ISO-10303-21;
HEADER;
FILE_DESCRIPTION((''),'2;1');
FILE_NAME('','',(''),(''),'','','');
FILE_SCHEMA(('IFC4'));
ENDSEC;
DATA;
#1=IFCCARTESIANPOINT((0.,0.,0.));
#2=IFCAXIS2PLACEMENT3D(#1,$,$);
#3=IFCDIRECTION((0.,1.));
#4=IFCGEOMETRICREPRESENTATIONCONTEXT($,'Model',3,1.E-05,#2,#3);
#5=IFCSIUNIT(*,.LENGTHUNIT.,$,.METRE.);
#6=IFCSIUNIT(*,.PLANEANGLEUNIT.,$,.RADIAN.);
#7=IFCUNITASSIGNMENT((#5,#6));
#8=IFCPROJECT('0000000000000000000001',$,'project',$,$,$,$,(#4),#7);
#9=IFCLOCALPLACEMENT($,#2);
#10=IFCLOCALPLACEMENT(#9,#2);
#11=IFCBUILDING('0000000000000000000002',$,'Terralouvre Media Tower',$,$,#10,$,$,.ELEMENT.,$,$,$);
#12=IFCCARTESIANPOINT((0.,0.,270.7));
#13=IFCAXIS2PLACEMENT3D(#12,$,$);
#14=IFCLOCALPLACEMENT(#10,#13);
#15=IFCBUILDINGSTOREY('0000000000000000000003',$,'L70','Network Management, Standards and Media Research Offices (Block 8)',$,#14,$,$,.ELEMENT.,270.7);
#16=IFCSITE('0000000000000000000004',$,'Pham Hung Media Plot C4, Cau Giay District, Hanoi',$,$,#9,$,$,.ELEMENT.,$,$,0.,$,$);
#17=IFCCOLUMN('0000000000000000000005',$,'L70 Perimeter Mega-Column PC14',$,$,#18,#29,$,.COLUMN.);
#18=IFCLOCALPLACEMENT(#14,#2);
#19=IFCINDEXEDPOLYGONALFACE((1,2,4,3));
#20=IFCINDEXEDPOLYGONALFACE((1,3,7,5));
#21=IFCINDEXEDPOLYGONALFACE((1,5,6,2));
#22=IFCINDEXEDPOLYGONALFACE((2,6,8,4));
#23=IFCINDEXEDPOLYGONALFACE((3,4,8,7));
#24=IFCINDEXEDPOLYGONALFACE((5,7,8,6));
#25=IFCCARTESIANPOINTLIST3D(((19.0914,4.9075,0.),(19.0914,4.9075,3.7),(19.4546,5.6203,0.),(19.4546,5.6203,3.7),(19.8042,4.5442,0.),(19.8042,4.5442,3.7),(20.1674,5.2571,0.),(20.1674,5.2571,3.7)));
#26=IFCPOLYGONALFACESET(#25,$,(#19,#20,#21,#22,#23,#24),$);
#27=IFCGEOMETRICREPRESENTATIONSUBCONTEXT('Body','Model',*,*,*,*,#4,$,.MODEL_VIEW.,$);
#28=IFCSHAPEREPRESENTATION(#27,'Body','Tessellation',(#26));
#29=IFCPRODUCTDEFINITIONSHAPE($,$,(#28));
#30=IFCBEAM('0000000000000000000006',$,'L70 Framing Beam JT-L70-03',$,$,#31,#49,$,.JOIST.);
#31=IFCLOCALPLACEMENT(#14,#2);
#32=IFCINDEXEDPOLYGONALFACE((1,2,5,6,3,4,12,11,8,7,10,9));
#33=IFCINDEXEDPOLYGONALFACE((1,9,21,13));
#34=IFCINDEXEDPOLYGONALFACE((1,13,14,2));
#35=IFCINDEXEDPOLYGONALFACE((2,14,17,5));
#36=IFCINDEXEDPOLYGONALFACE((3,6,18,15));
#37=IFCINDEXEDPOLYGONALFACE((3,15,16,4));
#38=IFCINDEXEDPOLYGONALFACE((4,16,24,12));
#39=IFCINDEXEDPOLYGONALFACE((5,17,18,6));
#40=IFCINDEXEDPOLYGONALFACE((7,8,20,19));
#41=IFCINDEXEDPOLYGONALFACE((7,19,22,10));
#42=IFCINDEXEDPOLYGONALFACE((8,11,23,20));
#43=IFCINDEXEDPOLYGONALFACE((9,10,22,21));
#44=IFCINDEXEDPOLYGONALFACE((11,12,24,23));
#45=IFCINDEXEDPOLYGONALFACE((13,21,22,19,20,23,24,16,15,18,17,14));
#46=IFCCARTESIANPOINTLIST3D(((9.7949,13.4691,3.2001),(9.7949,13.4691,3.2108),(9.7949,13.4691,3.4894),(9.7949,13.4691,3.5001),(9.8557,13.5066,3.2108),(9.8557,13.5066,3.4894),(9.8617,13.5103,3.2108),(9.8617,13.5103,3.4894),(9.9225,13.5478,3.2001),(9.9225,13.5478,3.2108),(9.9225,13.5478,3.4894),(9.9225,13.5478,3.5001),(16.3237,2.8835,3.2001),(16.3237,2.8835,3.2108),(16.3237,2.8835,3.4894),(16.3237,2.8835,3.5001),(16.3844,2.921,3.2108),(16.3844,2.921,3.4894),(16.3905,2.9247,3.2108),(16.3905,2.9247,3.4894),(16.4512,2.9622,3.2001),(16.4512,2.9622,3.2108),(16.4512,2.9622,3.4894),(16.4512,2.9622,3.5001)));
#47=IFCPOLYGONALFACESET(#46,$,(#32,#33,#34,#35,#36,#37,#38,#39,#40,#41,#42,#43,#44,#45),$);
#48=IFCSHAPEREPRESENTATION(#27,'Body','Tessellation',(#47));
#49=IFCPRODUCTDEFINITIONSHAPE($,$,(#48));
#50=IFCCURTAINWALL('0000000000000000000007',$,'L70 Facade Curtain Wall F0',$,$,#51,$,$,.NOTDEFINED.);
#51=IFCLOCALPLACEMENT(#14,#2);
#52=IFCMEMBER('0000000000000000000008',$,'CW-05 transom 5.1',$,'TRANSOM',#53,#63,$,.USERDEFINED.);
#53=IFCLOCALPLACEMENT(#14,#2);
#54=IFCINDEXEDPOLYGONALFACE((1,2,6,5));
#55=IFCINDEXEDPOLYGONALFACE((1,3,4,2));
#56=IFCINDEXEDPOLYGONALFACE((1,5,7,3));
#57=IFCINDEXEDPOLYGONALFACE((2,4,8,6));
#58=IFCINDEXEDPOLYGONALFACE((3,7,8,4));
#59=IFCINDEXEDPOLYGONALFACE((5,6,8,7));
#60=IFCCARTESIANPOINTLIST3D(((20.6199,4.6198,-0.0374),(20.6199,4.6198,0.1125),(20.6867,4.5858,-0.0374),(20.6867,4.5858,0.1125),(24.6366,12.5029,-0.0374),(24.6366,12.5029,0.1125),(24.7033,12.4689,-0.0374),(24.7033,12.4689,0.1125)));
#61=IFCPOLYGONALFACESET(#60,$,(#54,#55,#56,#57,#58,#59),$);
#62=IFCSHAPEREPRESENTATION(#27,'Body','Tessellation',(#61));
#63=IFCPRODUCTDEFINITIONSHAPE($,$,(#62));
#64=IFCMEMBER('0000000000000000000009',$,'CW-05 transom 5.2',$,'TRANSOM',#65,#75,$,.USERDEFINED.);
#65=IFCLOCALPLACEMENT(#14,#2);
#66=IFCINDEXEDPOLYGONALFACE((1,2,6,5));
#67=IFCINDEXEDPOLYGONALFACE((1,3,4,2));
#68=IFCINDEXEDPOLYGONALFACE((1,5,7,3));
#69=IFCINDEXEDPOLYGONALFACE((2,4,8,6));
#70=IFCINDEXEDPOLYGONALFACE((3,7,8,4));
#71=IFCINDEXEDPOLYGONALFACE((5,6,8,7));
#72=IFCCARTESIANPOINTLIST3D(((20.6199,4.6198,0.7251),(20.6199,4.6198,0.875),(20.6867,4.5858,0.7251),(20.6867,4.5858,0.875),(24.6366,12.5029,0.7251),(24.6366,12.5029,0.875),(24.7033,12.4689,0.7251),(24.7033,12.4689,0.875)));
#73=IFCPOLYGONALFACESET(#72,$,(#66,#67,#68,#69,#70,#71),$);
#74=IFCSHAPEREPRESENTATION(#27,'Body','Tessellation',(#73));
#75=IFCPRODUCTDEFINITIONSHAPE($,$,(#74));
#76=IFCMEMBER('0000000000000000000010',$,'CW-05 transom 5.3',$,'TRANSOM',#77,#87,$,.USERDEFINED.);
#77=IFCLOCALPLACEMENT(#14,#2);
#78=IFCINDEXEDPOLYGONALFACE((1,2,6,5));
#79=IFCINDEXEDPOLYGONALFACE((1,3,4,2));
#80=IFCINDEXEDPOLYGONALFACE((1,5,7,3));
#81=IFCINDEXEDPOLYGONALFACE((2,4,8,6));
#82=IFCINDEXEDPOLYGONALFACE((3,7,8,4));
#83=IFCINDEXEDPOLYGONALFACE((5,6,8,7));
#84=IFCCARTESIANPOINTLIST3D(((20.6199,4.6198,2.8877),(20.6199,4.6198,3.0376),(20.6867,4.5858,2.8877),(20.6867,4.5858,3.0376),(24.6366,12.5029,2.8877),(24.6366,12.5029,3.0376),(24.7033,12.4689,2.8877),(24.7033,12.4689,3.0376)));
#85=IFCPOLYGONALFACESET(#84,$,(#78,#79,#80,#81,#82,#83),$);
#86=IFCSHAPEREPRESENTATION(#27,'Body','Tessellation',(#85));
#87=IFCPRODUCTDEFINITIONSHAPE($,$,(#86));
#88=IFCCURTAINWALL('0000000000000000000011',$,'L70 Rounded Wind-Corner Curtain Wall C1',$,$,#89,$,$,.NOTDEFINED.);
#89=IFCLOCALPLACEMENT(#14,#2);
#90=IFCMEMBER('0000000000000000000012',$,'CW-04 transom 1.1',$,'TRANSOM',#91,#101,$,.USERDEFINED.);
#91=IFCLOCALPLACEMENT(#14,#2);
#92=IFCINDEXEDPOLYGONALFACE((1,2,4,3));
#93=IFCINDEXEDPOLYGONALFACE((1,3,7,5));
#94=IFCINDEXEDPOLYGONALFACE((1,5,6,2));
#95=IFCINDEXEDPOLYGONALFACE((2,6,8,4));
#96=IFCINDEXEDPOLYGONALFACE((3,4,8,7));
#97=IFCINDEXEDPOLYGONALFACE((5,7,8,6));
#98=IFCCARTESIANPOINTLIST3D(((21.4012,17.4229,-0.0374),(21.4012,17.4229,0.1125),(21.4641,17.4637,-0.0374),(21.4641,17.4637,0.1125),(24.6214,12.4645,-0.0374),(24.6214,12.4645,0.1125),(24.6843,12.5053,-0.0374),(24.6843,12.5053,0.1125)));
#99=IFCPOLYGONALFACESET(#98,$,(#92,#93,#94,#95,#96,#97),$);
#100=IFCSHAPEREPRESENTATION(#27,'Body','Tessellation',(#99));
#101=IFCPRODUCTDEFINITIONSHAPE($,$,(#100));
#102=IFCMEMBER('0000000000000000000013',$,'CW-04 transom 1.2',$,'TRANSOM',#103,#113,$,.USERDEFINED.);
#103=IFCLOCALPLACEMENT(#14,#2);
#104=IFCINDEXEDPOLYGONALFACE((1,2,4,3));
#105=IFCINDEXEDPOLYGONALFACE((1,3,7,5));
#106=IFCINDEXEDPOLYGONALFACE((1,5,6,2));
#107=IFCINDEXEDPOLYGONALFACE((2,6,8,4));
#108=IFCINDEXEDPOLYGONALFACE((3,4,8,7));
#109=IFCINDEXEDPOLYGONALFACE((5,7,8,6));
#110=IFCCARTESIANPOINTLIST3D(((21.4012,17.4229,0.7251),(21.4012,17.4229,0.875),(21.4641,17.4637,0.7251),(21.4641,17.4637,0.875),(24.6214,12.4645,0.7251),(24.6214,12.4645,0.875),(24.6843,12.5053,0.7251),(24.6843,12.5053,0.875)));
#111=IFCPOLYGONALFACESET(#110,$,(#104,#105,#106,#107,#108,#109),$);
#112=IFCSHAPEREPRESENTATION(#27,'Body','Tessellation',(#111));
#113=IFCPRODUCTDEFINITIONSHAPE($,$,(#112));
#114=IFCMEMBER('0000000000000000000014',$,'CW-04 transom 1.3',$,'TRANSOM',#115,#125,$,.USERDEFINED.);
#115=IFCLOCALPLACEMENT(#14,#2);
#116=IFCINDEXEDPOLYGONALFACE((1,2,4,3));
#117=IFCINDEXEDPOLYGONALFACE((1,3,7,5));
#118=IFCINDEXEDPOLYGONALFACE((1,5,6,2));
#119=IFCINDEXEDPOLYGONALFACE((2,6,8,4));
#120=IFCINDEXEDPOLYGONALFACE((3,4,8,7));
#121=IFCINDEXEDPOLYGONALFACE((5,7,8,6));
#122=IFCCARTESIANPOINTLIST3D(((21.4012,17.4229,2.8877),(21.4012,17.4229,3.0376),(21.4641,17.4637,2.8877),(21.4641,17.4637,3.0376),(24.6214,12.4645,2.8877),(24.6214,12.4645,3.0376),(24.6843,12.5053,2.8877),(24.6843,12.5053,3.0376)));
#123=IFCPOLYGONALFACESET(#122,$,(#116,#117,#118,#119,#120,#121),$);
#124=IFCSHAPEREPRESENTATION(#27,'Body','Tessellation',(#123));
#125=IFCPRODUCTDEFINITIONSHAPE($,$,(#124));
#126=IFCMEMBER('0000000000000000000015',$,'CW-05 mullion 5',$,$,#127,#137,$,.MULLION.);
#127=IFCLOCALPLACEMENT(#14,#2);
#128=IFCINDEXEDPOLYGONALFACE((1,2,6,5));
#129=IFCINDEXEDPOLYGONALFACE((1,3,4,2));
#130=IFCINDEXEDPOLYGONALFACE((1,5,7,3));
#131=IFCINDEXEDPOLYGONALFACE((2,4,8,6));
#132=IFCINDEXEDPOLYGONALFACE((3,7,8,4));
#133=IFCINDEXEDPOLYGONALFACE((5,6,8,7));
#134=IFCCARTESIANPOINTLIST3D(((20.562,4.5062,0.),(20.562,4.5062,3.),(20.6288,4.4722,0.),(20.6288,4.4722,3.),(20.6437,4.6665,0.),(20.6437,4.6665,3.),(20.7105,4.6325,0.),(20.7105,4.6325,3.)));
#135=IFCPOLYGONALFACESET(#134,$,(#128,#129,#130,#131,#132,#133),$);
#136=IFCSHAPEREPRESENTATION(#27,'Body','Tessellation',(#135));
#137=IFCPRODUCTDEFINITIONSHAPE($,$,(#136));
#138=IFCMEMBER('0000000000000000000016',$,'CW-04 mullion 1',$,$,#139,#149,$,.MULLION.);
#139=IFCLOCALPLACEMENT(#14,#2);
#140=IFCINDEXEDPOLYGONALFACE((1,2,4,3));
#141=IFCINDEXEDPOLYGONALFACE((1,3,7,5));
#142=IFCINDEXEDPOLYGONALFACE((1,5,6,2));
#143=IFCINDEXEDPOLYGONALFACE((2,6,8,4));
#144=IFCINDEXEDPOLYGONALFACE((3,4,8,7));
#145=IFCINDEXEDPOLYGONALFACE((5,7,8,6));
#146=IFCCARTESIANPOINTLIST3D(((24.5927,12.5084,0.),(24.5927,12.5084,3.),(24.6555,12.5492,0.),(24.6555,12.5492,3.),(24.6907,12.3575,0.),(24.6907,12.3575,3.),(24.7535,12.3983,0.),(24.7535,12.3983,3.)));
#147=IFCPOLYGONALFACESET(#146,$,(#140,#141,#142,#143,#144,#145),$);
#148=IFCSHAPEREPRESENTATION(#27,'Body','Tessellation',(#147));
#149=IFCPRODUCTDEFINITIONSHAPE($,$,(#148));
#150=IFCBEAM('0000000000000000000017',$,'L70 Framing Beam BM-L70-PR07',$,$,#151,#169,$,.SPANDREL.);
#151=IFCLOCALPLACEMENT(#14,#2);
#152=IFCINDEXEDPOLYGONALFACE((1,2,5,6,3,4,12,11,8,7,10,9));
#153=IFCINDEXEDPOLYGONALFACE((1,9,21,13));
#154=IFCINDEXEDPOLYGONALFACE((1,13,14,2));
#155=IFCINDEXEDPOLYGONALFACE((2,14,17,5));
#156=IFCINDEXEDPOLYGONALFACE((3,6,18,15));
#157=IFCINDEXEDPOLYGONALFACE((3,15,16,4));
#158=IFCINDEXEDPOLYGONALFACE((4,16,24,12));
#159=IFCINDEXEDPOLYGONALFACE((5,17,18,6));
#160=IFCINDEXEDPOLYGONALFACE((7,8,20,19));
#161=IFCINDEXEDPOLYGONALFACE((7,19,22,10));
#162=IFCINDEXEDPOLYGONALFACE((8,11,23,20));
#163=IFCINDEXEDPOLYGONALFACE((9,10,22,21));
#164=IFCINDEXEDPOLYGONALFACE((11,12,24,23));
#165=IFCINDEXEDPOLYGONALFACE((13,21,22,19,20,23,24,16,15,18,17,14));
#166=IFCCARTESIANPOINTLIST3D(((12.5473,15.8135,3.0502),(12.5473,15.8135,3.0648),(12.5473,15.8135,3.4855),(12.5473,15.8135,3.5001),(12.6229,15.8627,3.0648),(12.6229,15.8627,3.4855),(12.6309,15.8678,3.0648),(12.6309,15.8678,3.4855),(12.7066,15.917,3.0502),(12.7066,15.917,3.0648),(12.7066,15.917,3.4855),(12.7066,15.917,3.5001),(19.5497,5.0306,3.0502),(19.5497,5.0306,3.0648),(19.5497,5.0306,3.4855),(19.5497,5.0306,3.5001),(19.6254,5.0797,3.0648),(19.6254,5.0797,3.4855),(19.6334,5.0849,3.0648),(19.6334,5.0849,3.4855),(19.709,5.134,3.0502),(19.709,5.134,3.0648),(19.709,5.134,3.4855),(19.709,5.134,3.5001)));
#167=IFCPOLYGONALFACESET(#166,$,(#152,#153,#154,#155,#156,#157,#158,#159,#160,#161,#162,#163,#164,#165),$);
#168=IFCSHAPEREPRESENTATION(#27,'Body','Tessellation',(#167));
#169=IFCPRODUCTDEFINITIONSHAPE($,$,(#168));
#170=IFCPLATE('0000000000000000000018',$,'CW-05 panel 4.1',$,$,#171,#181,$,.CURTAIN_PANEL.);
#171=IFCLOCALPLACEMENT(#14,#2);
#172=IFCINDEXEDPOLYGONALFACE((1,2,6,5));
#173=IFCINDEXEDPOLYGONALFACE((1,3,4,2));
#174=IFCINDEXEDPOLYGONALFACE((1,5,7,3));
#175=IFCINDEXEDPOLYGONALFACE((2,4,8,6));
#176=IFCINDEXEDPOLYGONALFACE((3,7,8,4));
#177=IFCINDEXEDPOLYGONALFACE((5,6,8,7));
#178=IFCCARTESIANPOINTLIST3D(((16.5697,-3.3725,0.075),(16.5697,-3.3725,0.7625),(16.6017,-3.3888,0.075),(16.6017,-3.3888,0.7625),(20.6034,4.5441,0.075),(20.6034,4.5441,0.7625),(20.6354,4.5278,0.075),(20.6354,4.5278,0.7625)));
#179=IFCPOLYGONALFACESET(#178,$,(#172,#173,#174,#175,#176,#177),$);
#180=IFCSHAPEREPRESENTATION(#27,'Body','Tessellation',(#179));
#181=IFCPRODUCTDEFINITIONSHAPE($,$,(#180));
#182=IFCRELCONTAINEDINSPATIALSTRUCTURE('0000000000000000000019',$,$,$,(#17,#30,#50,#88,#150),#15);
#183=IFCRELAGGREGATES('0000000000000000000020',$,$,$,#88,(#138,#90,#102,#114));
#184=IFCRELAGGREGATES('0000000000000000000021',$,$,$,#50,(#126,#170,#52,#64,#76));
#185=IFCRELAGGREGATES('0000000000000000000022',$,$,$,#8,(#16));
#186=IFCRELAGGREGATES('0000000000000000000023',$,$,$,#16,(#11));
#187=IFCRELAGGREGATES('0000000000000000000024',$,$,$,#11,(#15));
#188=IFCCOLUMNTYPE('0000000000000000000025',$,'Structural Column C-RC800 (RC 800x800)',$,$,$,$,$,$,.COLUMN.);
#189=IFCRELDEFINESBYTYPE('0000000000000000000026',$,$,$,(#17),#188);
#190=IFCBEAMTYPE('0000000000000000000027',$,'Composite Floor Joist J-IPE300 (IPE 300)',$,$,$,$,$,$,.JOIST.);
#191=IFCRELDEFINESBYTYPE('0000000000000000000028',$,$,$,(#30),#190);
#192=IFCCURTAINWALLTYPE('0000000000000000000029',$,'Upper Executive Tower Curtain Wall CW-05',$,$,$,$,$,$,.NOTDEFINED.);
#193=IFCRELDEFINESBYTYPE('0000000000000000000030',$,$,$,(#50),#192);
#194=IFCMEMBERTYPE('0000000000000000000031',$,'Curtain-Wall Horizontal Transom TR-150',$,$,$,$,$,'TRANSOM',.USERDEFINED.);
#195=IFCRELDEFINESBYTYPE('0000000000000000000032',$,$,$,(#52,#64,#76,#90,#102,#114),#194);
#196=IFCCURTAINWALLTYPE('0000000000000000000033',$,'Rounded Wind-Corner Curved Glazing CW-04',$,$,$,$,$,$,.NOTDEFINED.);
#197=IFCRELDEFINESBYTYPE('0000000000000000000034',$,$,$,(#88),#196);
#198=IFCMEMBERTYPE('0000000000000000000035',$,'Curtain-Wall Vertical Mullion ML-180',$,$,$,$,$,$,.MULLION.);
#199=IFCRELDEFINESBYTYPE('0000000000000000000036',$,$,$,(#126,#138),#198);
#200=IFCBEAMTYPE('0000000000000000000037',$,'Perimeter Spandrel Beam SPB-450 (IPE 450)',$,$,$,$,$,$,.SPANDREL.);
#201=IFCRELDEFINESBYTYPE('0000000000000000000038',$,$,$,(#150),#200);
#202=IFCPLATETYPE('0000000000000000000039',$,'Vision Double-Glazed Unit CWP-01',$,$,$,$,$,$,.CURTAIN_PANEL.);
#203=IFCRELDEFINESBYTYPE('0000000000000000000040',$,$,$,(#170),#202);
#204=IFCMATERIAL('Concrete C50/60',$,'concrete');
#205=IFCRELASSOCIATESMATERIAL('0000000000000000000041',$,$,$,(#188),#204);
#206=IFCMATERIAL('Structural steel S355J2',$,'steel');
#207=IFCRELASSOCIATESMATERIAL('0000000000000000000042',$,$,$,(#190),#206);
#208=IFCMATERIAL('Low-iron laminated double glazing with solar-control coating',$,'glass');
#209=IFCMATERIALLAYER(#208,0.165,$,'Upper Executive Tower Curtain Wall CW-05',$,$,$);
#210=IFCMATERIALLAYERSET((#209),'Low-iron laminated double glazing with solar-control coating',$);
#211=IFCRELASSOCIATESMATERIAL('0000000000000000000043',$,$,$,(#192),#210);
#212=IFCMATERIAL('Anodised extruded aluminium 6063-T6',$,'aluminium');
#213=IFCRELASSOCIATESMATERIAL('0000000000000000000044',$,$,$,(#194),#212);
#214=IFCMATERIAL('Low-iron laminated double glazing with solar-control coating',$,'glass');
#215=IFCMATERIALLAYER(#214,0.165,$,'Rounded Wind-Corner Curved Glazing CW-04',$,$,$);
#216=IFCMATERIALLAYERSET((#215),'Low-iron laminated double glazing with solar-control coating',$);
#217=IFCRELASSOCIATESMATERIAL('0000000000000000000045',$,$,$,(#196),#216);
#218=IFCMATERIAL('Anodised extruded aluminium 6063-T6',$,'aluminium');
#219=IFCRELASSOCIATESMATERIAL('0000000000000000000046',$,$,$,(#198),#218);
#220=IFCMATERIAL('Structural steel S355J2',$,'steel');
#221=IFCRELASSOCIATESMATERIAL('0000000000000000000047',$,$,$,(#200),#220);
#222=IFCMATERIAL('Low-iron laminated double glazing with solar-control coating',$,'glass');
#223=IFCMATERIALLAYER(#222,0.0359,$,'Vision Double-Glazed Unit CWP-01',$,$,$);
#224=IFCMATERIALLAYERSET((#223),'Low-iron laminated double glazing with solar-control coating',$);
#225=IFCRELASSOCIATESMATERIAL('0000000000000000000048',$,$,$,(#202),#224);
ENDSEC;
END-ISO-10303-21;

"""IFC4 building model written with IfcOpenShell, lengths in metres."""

from ifc_helpers import new_model, si_unit, direction, frame, origin, origin_2d, place, context, subcontext, project, spatial, rectangle, i_section, extrude, material, layer, layer_set, material_profile, profile_set, type_object, element, aggregate, save


model = new_model("IFC4")

# Units and contexts
model_context = context("Model", 3, precision=1e-05, world=origin(), true_north=direction((0.0, 1.0)))
body_context = subcontext(model_context, "Body", "Model", "MODEL_VIEW")
ifc_project = project(units=[si_unit("LENGTHUNIT", "METRE"), si_unit("PLANEANGLEUNIT", "RADIAN")], contexts=[model_context])

# Site, building, storey
site_placement = place(None, origin())
site = spatial("IfcSite", under=ifc_project, at=site_placement, Name="Pham Hung Media Plot C4, Cau Giay District, Hanoi", CompositionType="ELEMENT", RefElevation=0.0)
building_placement = place(site_placement, origin())
building = spatial("IfcBuilding", under=site, at=building_placement, Name="Terralouvre Media Tower", CompositionType="ELEMENT")
storey_placement = place(building_placement, frame((0.0, 0.0, 270.7)))
storey = spatial("IfcBuildingStorey", under=building, at=storey_placement, Name="L70", Description="Network Management, Standards and Media Research Offices (Block 8)", CompositionType="ELEMENT", Elevation=270.7)

# Column
ifc_material_1 = material(Name="Concrete C50/60", Category="concrete")
ifc_material_profile_1 = material_profile(ifc_material_1, rectangle(XDim=0.8, YDim=0.8, at=origin_2d()), Name="RC 800x800")
ifc_profile_set_1 = profile_set([ifc_material_profile_1], Name="Concrete C50/60")
column_type = type_object("IfcColumnType", Name="Structural Column C-RC800 (RC 800x800)", PredefinedType="COLUMN", material=ifc_profile_set_1)
column_placement = place(storey_placement, frame((19.6294, 5.0823, 0.0), z_axis=(0.0, 0.0, 1.0), x_axis=(0.45399, 0.891007, 0.0)))
element("IfcColumn", 1, at=column_placement, inside=storey, type_object=column_type, Name="L70 Perimeter Mega-Column PC14", PredefinedType="COLUMN", context=body_context, shape_type="SweptSolid", body=[
    extrude(rectangle(XDim=0.8, YDim=0.8, at=origin_2d()), origin(), (0.0, 0.0, 1.0), 3.7),
])

# Beam
ifc_material_2 = material(Name="Structural steel S355J2", Category="steel")
ifc_material_profile_2 = material_profile(ifc_material_2, i_section(OverallWidth=0.1499, OverallDepth=0.3, WebThickness=0.0071, FlangeThickness=0.0107, at=origin_2d()), Name="IPE 300")
ifc_profile_set_2 = profile_set([ifc_material_profile_2], Name="Structural steel S355J2")
beam_type_1 = type_object("IfcBeamType", Name="Composite Floor Joist J-IPE300 (IPE 300)", PredefinedType="JOIST", material=ifc_profile_set_2)
beam_1_placement = place(storey_placement, frame((16.3875, 2.9229, 3.3501), z_axis=(-0.524945, 0.851136, 0.0), x_axis=(-0.851136, -0.524945, 0.0)))
element("IfcBeam", 2, at=beam_1_placement, inside=storey, type_object=beam_type_1, Name="L70 Framing Beam JT-L70-03", PredefinedType="JOIST", context=body_context, shape_type="SweptSolid", body=[
    extrude(i_section(OverallWidth=0.1499, OverallDepth=0.3, WebThickness=0.0071, FlangeThickness=0.0107, at=origin_2d()), origin(), (0.0, 0.0, 1.0), 12.437),
])

# Curtain walls, members
ifc_material_3 = material(Name="Low-iron laminated double glazing with solar-control coating", Category="glass")
ifc_layer_1 = layer(ifc_material_3, 0.165, Name="Upper Executive Tower Curtain Wall CW-05")
ifc_layer_set_1 = layer_set([ifc_layer_1], Name="Low-iron laminated double glazing with solar-control coating")
curtain_wall_type_1 = type_object("IfcCurtainWallType", Name="Upper Executive Tower Curtain Wall CW-05", PredefinedType="NOTDEFINED", material=ifc_layer_set_1)
curtain_wall_1_placement = place(storey_placement, origin())
curtain_wall_1 = element("IfcCurtainWall", 3, at=curtain_wall_1_placement, inside=storey, type_object=curtain_wall_type_1, Name="L70 Facade Curtain Wall F0", PredefinedType="NOTDEFINED")
ifc_material_4 = material(Name="Anodised extruded aluminium 6063-T6", Category="aluminium")
ifc_material_profile_3 = material_profile(ifc_material_4, rectangle(XDim=0.075, YDim=0.1499, at=origin_2d()), Name="ALU 75x150")
ifc_profile_set_3 = profile_set([ifc_material_profile_3], Name="Anodised extruded aluminium 6063-T6")
member_type_1 = type_object("IfcMemberType", Name="Curtain-Wall Horizontal Transom TR-150", ElementType="TRANSOM", PredefinedType="USERDEFINED", material=ifc_profile_set_3)
member_1_placement = place(storey_placement, frame((20.6533, 4.6028, 0.0376), z_axis=(0.453989, 0.891007, 0.0), x_axis=(-0.891007, 0.453989, 0.0)))
member_1 = element("IfcMember", 4, at=member_1_placement, type_object=member_type_1, Name="CW-05 transom 5.1", ObjectType="TRANSOM", PredefinedType="USERDEFINED", context=body_context, shape_type="SweptSolid", body=[
    extrude(rectangle(XDim=0.075, YDim=0.1499, at=origin_2d()), origin(), (0.0, 0.0, 1.0), 8.8474),
])
member_2_placement = place(storey_placement, frame((20.6533, 4.6028, 0.8), z_axis=(0.453989, 0.891007, 0.0), x_axis=(-0.891007, 0.453989, 0.0)))
member_2 = element("IfcMember", 5, at=member_2_placement, type_object=member_type_1, Name="CW-05 transom 5.2", ObjectType="TRANSOM", PredefinedType="USERDEFINED", context=body_context, shape_type="SweptSolid", body=[
    extrude(rectangle(XDim=0.075, YDim=0.1499, at=origin_2d()), origin(), (0.0, 0.0, 1.0), 8.8474),
])
member_3_placement = place(storey_placement, frame((20.6533, 4.6028, 2.9626), z_axis=(0.453989, 0.891007, 0.0), x_axis=(-0.891007, 0.453989, 0.0)))
member_3 = element("IfcMember", 6, at=member_3_placement, type_object=member_type_1, Name="CW-05 transom 5.3", ObjectType="TRANSOM", PredefinedType="USERDEFINED", context=body_context, shape_type="SweptSolid", body=[
    extrude(rectangle(XDim=0.075, YDim=0.1499, at=origin_2d()), origin(), (0.0, 0.0, 1.0), 8.8474),
])
ifc_material_5 = material(Name="Low-iron laminated double glazing with solar-control coating", Category="glass")
ifc_layer_2 = layer(ifc_material_5, 0.165, Name="Rounded Wind-Corner Curved Glazing CW-04")
ifc_layer_set_2 = layer_set([ifc_layer_2], Name="Low-iron laminated double glazing with solar-control coating")
curtain_wall_type_2 = type_object("IfcCurtainWallType", Name="Rounded Wind-Corner Curved Glazing CW-04", PredefinedType="NOTDEFINED", material=ifc_layer_set_2)
curtain_wall_2_placement = place(storey_placement, origin())
curtain_wall_2 = element("IfcCurtainWall", 7, at=curtain_wall_2_placement, inside=storey, type_object=curtain_wall_type_2, Name="L70 Rounded Wind-Corner Curtain Wall C1", PredefinedType="NOTDEFINED")
member_4_placement = place(storey_placement, frame((24.6528, 12.4849, 0.0376), z_axis=(-0.544654, 0.838661, 0.0), x_axis=(-0.838661, -0.544654, 0.0)))
member_4 = element("IfcMember", 8, at=member_4_placement, type_object=member_type_1, Name="CW-04 transom 1.1", ObjectType="TRANSOM", PredefinedType="USERDEFINED", context=body_context, shape_type="SweptSolid", body=[
    extrude(rectangle(XDim=0.075, YDim=0.1499, at=origin_2d()), origin(), (0.0, 0.0, 1.0), 5.9124),
])
member_5_placement = place(storey_placement, frame((24.6528, 12.4849, 0.8), z_axis=(-0.544654, 0.838661, 0.0), x_axis=(-0.838661, -0.544654, 0.0)))
member_5 = element("IfcMember", 9, at=member_5_placement, type_object=member_type_1, Name="CW-04 transom 1.2", ObjectType="TRANSOM", PredefinedType="USERDEFINED", context=body_context, shape_type="SweptSolid", body=[
    extrude(rectangle(XDim=0.075, YDim=0.1499, at=origin_2d()), origin(), (0.0, 0.0, 1.0), 5.9124),
])
member_6_placement = place(storey_placement, frame((24.6528, 12.4849, 2.9626), z_axis=(-0.544654, 0.838661, 0.0), x_axis=(-0.838661, -0.544654, 0.0)))
member_6 = element("IfcMember", 10, at=member_6_placement, type_object=member_type_1, Name="CW-04 transom 1.3", ObjectType="TRANSOM", PredefinedType="USERDEFINED", context=body_context, shape_type="SweptSolid", body=[
    extrude(rectangle(XDim=0.075, YDim=0.1499, at=origin_2d()), origin(), (0.0, 0.0, 1.0), 5.9124),
])

# Members
ifc_material_6 = material(Name="Anodised extruded aluminium 6063-T6", Category="aluminium")
ifc_material_profile_4 = material_profile(ifc_material_6, rectangle(XDim=0.075, YDim=0.1799, at=origin_2d()), Name="ALU 75x180")
ifc_profile_set_4 = profile_set([ifc_material_profile_4], Name="Anodised extruded aluminium 6063-T6")
member_type_2 = type_object("IfcMemberType", Name="Curtain-Wall Vertical Mullion ML-180", PredefinedType="MULLION", material=ifc_profile_set_4)
member_7_placement = place(storey_placement, frame((20.6362, 4.5693, 0.0), z_axis=(0.0, 0.0, 1.0), x_axis=(-0.891007, 0.45399, 0.0)))
member_7 = element("IfcMember", 11, at=member_7_placement, type_object=member_type_2, Name="CW-05 mullion 5", PredefinedType="MULLION", context=body_context, shape_type="SweptSolid", body=[
    extrude(rectangle(XDim=0.075, YDim=0.1799, at=origin_2d()), origin(), (0.0, 0.0, 1.0), 3.0),
])
member_8_placement = place(storey_placement, frame((24.6731, 12.4534, 0.0), z_axis=(0.0, 0.0, 1.0), x_axis=(-0.83867, -0.544639, 0.0)))
member_8 = element("IfcMember", 12, at=member_8_placement, type_object=member_type_2, Name="CW-04 mullion 1", PredefinedType="MULLION", context=body_context, shape_type="SweptSolid", body=[
    extrude(rectangle(XDim=0.075, YDim=0.1799, at=origin_2d()), origin(), (0.0, 0.0, 1.0), 3.0),
])
aggregate(curtain_wall_2, [member_8, member_4, member_5, member_6])

# Beam
ifc_material_7 = material(Name="Structural steel S355J2", Category="steel")
ifc_material_profile_5 = material_profile(ifc_material_7, i_section(OverallWidth=0.1899, OverallDepth=0.45, WebThickness=0.0095, FlangeThickness=0.0146, at=origin_2d()), Name="IPE 450")
ifc_profile_set_5 = profile_set([ifc_material_profile_5], Name="Structural steel S355J2")
beam_type_2 = type_object("IfcBeamType", Name="Perimeter Spandrel Beam SPB-450 (IPE 450)", PredefinedType="SPANDREL", material=ifc_profile_set_5)
beam_2_placement = place(storey_placement, frame((19.6294, 5.0823, 3.2751), z_axis=(-0.544634, 0.838674, 0.0), x_axis=(-0.838674, -0.544634, 0.0)))
element("IfcBeam", 13, at=beam_2_placement, inside=storey, type_object=beam_type_2, Name="L70 Framing Beam BM-L70-PR07", PredefinedType="SPANDREL", context=body_context, shape_type="SweptSolid", body=[
    extrude(i_section(OverallWidth=0.1899, OverallDepth=0.45, WebThickness=0.0095, FlangeThickness=0.0146, at=origin_2d()), origin(), (0.0, 0.0, 1.0), 12.8572),
])

# Plate
ifc_material_8 = material(Name="Low-iron laminated double glazing with solar-control coating", Category="glass")
ifc_layer_3 = layer(ifc_material_8, 0.0359, Name="Vision Double-Glazed Unit CWP-01")
ifc_layer_set_3 = layer_set([ifc_layer_3], Name="Low-iron laminated double glazing with solar-control coating")
plate_type = type_object("IfcPlateType", Name="Vision Double-Glazed Unit CWP-01", PredefinedType="CURTAIN_PANEL", material=ifc_layer_set_3)
plate_1_placement = place(storey_placement, frame((18.6025, 0.5776, 0.075), z_axis=(0.0, 0.0, 1.0), x_axis=(0.45399, 0.891007, 0.0)))
plate_1 = element("IfcPlate", 14, at=plate_1_placement, type_object=plate_type, Name="CW-05 panel 4.1", PredefinedType="CURTAIN_PANEL", context=body_context, shape_type="SweptSolid", body=[
    extrude(rectangle(XDim=8.885, YDim=0.0359, at=origin_2d()), origin(), (0.0, 0.0, 1.0), 0.6875),
])
aggregate(curtain_wall_1, [member_7, plate_1, member_1, member_2, member_3])

save(model, "model.ifc")
